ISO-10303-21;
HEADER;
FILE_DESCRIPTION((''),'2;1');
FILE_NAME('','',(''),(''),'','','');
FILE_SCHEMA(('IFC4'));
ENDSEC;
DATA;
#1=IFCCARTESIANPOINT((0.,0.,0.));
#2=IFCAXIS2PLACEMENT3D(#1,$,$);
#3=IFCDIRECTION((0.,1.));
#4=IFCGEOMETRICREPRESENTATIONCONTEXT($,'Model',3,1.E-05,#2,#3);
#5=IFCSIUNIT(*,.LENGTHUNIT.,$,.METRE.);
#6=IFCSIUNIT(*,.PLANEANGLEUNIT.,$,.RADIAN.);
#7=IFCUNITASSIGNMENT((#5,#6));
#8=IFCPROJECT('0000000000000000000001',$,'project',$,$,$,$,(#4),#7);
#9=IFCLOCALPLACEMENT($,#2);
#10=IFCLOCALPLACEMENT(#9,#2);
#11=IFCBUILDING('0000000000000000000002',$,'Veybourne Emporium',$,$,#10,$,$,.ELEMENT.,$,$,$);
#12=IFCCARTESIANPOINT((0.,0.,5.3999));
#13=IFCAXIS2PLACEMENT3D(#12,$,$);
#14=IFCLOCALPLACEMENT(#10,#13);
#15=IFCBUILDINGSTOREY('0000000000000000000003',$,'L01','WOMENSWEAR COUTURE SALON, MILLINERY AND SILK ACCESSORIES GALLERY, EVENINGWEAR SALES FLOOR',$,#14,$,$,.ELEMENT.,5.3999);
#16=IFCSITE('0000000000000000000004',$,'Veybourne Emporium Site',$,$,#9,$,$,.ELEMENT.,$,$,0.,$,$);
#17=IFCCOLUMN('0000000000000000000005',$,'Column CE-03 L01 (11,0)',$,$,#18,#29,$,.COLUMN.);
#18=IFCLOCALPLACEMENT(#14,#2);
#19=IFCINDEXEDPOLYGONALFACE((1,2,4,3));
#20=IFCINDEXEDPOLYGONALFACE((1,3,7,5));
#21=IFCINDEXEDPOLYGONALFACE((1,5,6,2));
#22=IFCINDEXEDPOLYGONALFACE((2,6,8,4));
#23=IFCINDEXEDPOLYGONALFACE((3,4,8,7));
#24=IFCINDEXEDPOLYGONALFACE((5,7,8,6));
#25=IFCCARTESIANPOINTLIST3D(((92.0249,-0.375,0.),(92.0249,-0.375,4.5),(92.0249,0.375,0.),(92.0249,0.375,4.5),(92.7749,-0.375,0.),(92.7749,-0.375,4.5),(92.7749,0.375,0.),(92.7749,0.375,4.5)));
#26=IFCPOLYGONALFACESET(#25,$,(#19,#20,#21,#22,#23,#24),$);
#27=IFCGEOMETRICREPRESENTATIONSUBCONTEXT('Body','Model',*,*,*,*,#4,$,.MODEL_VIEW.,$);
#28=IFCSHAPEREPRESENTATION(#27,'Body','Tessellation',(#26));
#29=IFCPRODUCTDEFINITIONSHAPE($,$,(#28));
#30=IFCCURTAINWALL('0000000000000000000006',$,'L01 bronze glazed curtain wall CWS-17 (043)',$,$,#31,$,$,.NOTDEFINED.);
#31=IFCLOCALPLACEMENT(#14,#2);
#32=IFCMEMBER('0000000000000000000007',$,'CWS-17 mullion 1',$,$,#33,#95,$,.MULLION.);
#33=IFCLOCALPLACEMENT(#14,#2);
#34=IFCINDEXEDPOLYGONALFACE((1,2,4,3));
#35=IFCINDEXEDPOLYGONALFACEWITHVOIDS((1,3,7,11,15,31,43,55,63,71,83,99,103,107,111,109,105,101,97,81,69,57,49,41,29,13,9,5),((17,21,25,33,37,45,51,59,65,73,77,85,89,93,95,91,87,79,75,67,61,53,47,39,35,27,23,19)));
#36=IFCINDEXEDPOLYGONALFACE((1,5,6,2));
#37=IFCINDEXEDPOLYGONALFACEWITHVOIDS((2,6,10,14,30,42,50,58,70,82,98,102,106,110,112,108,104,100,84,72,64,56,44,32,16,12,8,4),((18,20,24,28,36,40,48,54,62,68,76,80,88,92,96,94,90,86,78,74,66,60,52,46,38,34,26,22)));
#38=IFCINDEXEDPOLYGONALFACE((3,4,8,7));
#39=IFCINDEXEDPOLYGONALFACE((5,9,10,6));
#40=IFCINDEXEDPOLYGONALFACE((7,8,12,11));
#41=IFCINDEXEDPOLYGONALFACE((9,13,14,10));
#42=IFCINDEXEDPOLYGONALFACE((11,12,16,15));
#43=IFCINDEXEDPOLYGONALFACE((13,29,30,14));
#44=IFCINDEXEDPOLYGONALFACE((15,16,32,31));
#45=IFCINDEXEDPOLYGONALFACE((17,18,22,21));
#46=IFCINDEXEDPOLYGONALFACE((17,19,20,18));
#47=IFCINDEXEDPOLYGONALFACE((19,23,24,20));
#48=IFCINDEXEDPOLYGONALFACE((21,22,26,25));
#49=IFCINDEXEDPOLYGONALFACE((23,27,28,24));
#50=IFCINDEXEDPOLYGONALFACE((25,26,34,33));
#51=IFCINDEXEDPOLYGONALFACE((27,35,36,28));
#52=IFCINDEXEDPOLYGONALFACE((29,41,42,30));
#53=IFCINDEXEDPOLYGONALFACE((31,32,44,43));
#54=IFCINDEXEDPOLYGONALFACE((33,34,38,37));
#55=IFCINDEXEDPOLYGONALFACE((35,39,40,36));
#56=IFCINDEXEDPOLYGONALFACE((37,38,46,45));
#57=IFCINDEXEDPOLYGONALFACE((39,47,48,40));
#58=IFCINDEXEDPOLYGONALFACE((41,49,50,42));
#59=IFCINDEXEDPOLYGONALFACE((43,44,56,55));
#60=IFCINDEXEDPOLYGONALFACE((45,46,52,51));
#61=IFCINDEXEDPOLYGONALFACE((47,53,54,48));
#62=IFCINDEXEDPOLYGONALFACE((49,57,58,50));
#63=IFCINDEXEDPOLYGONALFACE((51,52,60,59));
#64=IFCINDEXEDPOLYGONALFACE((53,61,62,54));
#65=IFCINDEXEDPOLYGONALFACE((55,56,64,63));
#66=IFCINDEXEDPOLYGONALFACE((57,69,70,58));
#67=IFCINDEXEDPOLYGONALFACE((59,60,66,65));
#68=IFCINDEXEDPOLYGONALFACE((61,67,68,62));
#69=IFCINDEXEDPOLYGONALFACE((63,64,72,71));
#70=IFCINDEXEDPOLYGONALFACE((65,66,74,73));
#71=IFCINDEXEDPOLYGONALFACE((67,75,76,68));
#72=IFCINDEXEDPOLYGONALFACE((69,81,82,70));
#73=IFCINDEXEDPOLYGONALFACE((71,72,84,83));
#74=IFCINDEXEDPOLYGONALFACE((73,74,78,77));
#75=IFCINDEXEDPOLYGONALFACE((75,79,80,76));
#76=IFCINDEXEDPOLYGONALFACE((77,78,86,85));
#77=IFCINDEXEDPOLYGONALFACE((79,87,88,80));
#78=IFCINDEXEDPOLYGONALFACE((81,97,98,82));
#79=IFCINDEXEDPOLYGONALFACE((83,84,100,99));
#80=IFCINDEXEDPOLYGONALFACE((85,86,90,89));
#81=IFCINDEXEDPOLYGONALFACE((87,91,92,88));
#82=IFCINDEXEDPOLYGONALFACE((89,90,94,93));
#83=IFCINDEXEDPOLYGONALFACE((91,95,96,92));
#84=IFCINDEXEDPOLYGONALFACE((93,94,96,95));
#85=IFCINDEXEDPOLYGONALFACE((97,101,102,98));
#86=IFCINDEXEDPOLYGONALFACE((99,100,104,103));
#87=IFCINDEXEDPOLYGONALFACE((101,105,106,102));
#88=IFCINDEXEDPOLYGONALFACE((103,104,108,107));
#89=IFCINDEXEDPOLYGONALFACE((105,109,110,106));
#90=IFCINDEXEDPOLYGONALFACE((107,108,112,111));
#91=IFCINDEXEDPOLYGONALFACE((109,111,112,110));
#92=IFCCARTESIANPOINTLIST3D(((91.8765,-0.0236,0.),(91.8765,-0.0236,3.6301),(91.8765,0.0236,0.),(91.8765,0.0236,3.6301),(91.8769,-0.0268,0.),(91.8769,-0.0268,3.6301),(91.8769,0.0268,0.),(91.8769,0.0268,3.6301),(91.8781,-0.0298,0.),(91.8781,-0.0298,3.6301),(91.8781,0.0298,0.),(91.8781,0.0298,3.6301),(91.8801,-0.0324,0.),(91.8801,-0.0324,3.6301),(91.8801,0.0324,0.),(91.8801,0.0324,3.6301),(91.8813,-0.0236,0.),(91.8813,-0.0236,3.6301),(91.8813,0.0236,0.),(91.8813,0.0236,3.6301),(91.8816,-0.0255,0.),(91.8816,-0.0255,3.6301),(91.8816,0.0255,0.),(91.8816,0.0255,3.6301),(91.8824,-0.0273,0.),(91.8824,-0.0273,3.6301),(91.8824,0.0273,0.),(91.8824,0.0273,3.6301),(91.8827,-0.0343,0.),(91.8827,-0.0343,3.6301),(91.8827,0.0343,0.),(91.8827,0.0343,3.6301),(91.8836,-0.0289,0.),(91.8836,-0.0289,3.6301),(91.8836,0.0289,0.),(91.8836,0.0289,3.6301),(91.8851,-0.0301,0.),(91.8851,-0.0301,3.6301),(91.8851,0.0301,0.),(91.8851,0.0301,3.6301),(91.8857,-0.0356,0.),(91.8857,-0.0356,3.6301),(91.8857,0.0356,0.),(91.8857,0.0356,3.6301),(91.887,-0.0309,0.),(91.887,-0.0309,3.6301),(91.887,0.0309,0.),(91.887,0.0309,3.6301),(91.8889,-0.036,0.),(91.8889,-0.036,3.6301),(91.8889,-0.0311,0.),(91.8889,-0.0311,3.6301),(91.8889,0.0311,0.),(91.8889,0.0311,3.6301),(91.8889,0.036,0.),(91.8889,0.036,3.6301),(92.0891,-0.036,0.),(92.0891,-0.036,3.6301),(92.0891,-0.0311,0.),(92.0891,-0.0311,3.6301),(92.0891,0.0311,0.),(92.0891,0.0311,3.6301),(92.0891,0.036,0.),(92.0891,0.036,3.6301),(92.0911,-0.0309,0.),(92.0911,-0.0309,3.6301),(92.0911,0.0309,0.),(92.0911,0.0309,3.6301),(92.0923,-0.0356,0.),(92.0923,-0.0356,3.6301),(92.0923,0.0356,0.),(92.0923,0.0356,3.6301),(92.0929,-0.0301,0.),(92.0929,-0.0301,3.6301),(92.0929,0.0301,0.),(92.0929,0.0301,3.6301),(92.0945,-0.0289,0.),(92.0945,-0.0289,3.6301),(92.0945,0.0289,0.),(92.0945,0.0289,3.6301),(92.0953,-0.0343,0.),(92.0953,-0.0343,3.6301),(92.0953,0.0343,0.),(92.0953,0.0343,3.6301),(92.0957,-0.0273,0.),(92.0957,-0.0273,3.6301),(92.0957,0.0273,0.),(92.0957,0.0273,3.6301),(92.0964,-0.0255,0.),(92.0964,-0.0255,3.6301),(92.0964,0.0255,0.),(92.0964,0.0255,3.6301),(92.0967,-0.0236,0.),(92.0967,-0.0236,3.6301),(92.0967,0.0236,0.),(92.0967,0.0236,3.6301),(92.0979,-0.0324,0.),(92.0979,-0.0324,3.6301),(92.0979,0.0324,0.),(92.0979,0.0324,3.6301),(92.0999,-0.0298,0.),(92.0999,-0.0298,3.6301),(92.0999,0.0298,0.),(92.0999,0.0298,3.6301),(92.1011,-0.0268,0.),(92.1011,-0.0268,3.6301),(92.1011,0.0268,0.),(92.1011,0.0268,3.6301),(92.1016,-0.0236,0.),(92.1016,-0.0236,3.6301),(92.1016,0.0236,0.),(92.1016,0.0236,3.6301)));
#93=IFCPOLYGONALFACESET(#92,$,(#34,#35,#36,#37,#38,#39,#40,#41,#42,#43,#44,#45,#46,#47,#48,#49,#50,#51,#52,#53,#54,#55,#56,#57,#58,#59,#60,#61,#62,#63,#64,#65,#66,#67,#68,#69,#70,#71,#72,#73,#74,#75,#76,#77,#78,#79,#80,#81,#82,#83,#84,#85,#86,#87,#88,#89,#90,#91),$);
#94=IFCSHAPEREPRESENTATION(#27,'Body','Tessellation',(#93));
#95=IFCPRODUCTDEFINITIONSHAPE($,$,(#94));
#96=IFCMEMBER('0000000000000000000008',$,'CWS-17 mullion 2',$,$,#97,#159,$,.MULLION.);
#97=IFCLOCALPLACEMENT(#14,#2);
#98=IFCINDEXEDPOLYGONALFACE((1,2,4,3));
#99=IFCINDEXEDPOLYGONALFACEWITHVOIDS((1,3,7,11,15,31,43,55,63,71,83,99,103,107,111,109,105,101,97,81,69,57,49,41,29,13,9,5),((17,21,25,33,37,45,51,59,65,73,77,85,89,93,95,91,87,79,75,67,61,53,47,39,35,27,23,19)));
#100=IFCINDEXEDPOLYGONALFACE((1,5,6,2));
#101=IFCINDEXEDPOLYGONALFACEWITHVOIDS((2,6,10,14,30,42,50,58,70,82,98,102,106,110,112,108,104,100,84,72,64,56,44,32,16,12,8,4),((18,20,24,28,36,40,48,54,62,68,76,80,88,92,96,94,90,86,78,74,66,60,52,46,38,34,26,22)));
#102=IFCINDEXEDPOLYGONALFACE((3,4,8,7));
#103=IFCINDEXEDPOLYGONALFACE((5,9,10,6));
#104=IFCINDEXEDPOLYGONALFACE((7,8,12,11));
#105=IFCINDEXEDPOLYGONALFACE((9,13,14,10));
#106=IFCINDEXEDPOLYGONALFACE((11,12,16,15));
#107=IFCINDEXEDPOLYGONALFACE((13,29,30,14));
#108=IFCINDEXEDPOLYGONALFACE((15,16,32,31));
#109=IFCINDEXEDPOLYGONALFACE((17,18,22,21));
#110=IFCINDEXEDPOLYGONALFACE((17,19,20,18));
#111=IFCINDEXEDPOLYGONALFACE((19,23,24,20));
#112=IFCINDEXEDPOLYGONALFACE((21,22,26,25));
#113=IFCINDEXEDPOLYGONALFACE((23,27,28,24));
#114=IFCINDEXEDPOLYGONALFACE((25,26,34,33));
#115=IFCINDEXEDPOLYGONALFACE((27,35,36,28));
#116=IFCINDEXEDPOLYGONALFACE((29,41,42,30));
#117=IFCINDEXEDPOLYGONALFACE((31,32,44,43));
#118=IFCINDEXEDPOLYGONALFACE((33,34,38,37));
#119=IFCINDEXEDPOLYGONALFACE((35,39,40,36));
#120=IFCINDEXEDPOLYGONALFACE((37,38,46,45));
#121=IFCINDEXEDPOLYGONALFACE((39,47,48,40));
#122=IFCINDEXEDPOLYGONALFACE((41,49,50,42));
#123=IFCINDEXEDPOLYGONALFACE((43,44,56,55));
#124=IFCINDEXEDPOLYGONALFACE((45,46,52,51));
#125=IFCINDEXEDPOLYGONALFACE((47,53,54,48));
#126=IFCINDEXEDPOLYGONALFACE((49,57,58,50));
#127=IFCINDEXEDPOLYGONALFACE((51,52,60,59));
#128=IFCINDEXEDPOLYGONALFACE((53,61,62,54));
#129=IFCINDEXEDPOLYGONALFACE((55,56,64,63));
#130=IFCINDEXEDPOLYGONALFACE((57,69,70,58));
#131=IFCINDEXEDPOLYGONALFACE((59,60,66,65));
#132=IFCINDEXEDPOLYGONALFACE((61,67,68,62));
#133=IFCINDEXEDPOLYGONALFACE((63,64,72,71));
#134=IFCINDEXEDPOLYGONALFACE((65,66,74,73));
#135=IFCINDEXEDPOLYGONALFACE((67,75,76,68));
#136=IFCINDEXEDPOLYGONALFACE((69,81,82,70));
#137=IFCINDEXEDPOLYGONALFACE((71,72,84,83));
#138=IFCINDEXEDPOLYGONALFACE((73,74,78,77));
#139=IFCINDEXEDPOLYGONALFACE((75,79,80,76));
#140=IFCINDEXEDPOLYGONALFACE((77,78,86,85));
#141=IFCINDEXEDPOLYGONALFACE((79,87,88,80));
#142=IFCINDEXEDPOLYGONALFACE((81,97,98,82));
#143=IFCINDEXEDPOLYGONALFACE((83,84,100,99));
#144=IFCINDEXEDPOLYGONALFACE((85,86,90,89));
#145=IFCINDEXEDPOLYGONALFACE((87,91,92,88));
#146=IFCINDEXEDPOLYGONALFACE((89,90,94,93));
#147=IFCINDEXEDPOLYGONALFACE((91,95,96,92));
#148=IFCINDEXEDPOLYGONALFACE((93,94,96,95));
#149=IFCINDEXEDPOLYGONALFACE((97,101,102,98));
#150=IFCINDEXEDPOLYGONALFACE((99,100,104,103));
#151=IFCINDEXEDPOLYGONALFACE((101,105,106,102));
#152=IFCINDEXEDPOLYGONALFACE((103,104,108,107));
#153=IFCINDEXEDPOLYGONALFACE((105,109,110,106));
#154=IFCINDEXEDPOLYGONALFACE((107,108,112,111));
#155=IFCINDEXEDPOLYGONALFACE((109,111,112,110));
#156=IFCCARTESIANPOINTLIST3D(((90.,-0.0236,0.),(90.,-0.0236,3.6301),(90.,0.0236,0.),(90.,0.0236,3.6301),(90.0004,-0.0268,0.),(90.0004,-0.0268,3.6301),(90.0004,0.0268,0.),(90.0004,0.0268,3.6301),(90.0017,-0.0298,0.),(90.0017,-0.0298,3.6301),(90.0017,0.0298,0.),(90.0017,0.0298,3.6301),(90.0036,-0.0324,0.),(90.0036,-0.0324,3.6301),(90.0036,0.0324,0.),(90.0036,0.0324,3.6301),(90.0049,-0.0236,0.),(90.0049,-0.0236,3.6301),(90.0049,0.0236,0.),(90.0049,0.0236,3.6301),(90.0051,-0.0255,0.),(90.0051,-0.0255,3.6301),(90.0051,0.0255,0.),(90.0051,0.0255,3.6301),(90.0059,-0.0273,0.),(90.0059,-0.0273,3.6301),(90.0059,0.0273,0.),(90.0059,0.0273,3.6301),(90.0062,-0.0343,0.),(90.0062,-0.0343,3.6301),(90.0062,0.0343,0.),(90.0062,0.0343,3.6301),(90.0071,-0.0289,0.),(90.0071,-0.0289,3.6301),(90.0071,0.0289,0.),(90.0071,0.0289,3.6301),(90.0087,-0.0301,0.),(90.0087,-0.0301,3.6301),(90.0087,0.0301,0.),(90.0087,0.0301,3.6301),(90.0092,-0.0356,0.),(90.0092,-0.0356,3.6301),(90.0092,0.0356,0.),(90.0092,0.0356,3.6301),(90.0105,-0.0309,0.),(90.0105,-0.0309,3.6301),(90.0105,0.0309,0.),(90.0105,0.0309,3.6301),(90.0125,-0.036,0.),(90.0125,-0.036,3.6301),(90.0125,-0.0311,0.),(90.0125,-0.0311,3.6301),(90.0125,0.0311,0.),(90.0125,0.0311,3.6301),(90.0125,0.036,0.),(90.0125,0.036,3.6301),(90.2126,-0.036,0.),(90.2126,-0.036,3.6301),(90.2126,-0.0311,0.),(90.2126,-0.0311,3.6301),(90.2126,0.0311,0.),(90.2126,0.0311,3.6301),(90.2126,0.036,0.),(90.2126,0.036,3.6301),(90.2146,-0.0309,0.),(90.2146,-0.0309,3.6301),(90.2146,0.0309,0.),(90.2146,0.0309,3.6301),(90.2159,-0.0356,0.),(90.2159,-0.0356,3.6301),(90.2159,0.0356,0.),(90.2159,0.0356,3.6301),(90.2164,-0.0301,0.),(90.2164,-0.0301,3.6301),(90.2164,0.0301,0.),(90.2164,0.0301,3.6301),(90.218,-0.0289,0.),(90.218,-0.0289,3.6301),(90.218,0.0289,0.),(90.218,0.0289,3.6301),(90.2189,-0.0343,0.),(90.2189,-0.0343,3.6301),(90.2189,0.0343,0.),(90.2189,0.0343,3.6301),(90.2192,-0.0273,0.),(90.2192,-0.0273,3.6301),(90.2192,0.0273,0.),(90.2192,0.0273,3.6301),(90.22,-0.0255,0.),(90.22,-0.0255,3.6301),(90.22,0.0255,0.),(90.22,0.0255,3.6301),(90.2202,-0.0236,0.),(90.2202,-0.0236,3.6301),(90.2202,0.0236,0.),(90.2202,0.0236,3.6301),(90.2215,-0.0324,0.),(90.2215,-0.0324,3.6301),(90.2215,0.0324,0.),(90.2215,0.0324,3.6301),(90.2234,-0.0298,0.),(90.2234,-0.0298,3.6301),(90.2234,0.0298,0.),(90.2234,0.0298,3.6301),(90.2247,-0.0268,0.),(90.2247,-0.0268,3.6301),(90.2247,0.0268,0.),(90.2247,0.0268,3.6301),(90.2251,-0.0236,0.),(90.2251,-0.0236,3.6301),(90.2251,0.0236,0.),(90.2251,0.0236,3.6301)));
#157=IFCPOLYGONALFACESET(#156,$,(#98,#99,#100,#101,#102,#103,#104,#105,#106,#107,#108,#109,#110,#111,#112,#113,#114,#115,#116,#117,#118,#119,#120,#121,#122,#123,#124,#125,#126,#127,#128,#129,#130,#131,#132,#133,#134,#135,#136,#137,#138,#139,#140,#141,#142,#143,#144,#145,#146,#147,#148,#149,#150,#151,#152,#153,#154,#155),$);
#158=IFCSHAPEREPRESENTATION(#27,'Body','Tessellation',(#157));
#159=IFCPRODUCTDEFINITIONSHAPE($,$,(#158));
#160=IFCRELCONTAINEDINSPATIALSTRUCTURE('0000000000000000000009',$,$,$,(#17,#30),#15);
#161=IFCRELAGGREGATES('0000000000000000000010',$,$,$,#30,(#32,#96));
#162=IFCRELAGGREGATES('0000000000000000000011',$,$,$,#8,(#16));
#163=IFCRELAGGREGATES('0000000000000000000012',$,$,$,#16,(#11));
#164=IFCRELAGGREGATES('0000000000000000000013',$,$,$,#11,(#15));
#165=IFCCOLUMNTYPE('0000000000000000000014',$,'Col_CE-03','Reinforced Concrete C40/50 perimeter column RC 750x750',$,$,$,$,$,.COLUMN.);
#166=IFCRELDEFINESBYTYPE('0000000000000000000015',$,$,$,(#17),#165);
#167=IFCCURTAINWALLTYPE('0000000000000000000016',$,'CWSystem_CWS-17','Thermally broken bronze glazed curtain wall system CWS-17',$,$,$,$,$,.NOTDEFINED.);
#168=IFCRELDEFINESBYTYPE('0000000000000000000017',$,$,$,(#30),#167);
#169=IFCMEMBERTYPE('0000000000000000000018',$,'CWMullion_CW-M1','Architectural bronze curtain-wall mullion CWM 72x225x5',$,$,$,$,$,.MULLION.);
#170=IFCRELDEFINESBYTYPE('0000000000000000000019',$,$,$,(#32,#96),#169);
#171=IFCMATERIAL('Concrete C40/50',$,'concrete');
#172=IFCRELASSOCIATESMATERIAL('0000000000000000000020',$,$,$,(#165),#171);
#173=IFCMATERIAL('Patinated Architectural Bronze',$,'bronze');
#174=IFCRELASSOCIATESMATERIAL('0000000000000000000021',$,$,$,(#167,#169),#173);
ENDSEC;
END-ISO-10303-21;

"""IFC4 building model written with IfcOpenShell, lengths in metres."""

from ifc_helpers import new_model, si_unit, direction, frame, origin, origin_2d, place, context, subcontext, project, spatial, rectangle, hollow_rectangle, extrude, material, material_profile, profile_set, type_object, element, aggregate, save


model = new_model("IFC4")

# Units and contexts
model_context = context("Model", 3, precision=1e-05, world=origin(), true_north=direction((0.0, 1.0)))
body_context = subcontext(model_context, "Body", "Model", "MODEL_VIEW")
ifc_project = project(units=[si_unit("LENGTHUNIT", "METRE"), si_unit("PLANEANGLEUNIT", "RADIAN")], contexts=[model_context])

# Site, building, storey
site_placement = place(None, origin())
site = spatial("IfcSite", under=ifc_project, at=site_placement, Name="Veybourne Emporium Site", CompositionType="ELEMENT", RefElevation=0.0)
building_placement = place(site_placement, origin())
building = spatial("IfcBuilding", under=site, at=building_placement, Name="Veybourne Emporium", CompositionType="ELEMENT")
storey_placement = place(building_placement, frame((0.0, 0.0, 5.3999)))
storey = spatial("IfcBuildingStorey", under=building, at=storey_placement, Name="L01", Description="WOMENSWEAR COUTURE SALON, MILLINERY AND SILK ACCESSORIES GALLERY, EVENINGWEAR SALES FLOOR", CompositionType="ELEMENT", Elevation=5.3999)

# Column
ifc_material_1 = material(Name="Concrete C40/50", Category="concrete")
ifc_material_profile_1 = material_profile(ifc_material_1, rectangle(XDim=0.75, YDim=0.75, at=origin_2d()), Name="RC 750x750")
ifc_profile_set_1 = profile_set([ifc_material_profile_1], Name="Concrete C40/50")
column_type = type_object("IfcColumnType", Name="Col_CE-03", Description="Reinforced Concrete C40/50 perimeter column RC 750x750", PredefinedType="COLUMN", material=ifc_profile_set_1)
column_placement = place(storey_placement, frame((92.3999, 0.0, 0.0), z_axis=(0.0, 0.0, 1.0), x_axis=(1.0, 0.0, 0.0)))
element("IfcColumn", 1, at=column_placement, inside=storey, type_object=column_type, Name="Column CE-03 L01 (11,0)", PredefinedType="COLUMN", context=body_context, shape_type="SweptSolid", body=[
    extrude(rectangle(XDim=0.75, YDim=0.75, at=origin_2d()), origin(), (0.0, 0.0, 1.0), 4.5),
])

# Curtain wall, members
ifc_material_2 = material(Name="Patinated Architectural Bronze", Category="bronze")
curtain_wall_type_1 = type_object("IfcCurtainWallType", Name="CWSystem_CWS-17", Description="Thermally broken bronze glazed curtain wall system CWS-17", PredefinedType="NOTDEFINED", material=ifc_material_2)
curtain_wall_1_placement = place(storey_placement, origin())
curtain_wall_1 = element("IfcCurtainWall", 2, at=curtain_wall_1_placement, inside=storey, type_object=curtain_wall_type_1, Name="L01 bronze glazed curtain wall CWS-17 (043)", PredefinedType="NOTDEFINED")
ifc_material_profile_2 = material_profile(ifc_material_2, hollow_rectangle(XDim=0.072, YDim=0.2251, WallThickness=0.0049, InnerFilletRadius=0.0076, OuterFilletRadius=0.0125, at=origin_2d()), Name="CWM 72x225x5")
ifc_profile_set_2 = profile_set([ifc_material_profile_2], Name="Patinated Architectural Bronze")
member_type_1 = type_object("IfcMemberType", Name="CWMullion_CW-M1", Description="Architectural bronze curtain-wall mullion CWM 72x225x5", PredefinedType="MULLION", material=ifc_profile_set_2)
member_1_placement = place(storey_placement, frame((91.989, 0.0, 0.0), z_axis=(0.0, 0.0, 1.0), x_axis=(0.0, -1.0, 0.0)))
member_1 = element("IfcMember", 3, at=member_1_placement, type_object=member_type_1, Name="CWS-17 mullion 1", PredefinedType="MULLION", context=body_context, shape_type="SweptSolid", body=[
    extrude(hollow_rectangle(XDim=0.072, YDim=0.2251, WallThickness=0.0049, InnerFilletRadius=0.0076, OuterFilletRadius=0.0125, at=origin_2d()), origin(), (0.0, 0.0, 1.0), 3.6301),
])
member_2_placement = place(storey_placement, frame((90.1125, 0.0, 0.0), z_axis=(0.0, 0.0, 1.0), x_axis=(0.0, -1.0, 0.0)))
member_2 = element("IfcMember", 4, at=member_2_placement, type_object=member_type_1, Name="CWS-17 mullion 2", PredefinedType="MULLION", context=body_context, shape_type="SweptSolid", body=[
    extrude(hollow_rectangle(XDim=0.072, YDim=0.2251, WallThickness=0.0049, InnerFilletRadius=0.0076, OuterFilletRadius=0.0125, at=origin_2d()), origin(), (0.0, 0.0, 1.0), 3.6301),
])

aggregate(curtain_wall_1, [member_1, member_2])

save(model, "model.ifc")
